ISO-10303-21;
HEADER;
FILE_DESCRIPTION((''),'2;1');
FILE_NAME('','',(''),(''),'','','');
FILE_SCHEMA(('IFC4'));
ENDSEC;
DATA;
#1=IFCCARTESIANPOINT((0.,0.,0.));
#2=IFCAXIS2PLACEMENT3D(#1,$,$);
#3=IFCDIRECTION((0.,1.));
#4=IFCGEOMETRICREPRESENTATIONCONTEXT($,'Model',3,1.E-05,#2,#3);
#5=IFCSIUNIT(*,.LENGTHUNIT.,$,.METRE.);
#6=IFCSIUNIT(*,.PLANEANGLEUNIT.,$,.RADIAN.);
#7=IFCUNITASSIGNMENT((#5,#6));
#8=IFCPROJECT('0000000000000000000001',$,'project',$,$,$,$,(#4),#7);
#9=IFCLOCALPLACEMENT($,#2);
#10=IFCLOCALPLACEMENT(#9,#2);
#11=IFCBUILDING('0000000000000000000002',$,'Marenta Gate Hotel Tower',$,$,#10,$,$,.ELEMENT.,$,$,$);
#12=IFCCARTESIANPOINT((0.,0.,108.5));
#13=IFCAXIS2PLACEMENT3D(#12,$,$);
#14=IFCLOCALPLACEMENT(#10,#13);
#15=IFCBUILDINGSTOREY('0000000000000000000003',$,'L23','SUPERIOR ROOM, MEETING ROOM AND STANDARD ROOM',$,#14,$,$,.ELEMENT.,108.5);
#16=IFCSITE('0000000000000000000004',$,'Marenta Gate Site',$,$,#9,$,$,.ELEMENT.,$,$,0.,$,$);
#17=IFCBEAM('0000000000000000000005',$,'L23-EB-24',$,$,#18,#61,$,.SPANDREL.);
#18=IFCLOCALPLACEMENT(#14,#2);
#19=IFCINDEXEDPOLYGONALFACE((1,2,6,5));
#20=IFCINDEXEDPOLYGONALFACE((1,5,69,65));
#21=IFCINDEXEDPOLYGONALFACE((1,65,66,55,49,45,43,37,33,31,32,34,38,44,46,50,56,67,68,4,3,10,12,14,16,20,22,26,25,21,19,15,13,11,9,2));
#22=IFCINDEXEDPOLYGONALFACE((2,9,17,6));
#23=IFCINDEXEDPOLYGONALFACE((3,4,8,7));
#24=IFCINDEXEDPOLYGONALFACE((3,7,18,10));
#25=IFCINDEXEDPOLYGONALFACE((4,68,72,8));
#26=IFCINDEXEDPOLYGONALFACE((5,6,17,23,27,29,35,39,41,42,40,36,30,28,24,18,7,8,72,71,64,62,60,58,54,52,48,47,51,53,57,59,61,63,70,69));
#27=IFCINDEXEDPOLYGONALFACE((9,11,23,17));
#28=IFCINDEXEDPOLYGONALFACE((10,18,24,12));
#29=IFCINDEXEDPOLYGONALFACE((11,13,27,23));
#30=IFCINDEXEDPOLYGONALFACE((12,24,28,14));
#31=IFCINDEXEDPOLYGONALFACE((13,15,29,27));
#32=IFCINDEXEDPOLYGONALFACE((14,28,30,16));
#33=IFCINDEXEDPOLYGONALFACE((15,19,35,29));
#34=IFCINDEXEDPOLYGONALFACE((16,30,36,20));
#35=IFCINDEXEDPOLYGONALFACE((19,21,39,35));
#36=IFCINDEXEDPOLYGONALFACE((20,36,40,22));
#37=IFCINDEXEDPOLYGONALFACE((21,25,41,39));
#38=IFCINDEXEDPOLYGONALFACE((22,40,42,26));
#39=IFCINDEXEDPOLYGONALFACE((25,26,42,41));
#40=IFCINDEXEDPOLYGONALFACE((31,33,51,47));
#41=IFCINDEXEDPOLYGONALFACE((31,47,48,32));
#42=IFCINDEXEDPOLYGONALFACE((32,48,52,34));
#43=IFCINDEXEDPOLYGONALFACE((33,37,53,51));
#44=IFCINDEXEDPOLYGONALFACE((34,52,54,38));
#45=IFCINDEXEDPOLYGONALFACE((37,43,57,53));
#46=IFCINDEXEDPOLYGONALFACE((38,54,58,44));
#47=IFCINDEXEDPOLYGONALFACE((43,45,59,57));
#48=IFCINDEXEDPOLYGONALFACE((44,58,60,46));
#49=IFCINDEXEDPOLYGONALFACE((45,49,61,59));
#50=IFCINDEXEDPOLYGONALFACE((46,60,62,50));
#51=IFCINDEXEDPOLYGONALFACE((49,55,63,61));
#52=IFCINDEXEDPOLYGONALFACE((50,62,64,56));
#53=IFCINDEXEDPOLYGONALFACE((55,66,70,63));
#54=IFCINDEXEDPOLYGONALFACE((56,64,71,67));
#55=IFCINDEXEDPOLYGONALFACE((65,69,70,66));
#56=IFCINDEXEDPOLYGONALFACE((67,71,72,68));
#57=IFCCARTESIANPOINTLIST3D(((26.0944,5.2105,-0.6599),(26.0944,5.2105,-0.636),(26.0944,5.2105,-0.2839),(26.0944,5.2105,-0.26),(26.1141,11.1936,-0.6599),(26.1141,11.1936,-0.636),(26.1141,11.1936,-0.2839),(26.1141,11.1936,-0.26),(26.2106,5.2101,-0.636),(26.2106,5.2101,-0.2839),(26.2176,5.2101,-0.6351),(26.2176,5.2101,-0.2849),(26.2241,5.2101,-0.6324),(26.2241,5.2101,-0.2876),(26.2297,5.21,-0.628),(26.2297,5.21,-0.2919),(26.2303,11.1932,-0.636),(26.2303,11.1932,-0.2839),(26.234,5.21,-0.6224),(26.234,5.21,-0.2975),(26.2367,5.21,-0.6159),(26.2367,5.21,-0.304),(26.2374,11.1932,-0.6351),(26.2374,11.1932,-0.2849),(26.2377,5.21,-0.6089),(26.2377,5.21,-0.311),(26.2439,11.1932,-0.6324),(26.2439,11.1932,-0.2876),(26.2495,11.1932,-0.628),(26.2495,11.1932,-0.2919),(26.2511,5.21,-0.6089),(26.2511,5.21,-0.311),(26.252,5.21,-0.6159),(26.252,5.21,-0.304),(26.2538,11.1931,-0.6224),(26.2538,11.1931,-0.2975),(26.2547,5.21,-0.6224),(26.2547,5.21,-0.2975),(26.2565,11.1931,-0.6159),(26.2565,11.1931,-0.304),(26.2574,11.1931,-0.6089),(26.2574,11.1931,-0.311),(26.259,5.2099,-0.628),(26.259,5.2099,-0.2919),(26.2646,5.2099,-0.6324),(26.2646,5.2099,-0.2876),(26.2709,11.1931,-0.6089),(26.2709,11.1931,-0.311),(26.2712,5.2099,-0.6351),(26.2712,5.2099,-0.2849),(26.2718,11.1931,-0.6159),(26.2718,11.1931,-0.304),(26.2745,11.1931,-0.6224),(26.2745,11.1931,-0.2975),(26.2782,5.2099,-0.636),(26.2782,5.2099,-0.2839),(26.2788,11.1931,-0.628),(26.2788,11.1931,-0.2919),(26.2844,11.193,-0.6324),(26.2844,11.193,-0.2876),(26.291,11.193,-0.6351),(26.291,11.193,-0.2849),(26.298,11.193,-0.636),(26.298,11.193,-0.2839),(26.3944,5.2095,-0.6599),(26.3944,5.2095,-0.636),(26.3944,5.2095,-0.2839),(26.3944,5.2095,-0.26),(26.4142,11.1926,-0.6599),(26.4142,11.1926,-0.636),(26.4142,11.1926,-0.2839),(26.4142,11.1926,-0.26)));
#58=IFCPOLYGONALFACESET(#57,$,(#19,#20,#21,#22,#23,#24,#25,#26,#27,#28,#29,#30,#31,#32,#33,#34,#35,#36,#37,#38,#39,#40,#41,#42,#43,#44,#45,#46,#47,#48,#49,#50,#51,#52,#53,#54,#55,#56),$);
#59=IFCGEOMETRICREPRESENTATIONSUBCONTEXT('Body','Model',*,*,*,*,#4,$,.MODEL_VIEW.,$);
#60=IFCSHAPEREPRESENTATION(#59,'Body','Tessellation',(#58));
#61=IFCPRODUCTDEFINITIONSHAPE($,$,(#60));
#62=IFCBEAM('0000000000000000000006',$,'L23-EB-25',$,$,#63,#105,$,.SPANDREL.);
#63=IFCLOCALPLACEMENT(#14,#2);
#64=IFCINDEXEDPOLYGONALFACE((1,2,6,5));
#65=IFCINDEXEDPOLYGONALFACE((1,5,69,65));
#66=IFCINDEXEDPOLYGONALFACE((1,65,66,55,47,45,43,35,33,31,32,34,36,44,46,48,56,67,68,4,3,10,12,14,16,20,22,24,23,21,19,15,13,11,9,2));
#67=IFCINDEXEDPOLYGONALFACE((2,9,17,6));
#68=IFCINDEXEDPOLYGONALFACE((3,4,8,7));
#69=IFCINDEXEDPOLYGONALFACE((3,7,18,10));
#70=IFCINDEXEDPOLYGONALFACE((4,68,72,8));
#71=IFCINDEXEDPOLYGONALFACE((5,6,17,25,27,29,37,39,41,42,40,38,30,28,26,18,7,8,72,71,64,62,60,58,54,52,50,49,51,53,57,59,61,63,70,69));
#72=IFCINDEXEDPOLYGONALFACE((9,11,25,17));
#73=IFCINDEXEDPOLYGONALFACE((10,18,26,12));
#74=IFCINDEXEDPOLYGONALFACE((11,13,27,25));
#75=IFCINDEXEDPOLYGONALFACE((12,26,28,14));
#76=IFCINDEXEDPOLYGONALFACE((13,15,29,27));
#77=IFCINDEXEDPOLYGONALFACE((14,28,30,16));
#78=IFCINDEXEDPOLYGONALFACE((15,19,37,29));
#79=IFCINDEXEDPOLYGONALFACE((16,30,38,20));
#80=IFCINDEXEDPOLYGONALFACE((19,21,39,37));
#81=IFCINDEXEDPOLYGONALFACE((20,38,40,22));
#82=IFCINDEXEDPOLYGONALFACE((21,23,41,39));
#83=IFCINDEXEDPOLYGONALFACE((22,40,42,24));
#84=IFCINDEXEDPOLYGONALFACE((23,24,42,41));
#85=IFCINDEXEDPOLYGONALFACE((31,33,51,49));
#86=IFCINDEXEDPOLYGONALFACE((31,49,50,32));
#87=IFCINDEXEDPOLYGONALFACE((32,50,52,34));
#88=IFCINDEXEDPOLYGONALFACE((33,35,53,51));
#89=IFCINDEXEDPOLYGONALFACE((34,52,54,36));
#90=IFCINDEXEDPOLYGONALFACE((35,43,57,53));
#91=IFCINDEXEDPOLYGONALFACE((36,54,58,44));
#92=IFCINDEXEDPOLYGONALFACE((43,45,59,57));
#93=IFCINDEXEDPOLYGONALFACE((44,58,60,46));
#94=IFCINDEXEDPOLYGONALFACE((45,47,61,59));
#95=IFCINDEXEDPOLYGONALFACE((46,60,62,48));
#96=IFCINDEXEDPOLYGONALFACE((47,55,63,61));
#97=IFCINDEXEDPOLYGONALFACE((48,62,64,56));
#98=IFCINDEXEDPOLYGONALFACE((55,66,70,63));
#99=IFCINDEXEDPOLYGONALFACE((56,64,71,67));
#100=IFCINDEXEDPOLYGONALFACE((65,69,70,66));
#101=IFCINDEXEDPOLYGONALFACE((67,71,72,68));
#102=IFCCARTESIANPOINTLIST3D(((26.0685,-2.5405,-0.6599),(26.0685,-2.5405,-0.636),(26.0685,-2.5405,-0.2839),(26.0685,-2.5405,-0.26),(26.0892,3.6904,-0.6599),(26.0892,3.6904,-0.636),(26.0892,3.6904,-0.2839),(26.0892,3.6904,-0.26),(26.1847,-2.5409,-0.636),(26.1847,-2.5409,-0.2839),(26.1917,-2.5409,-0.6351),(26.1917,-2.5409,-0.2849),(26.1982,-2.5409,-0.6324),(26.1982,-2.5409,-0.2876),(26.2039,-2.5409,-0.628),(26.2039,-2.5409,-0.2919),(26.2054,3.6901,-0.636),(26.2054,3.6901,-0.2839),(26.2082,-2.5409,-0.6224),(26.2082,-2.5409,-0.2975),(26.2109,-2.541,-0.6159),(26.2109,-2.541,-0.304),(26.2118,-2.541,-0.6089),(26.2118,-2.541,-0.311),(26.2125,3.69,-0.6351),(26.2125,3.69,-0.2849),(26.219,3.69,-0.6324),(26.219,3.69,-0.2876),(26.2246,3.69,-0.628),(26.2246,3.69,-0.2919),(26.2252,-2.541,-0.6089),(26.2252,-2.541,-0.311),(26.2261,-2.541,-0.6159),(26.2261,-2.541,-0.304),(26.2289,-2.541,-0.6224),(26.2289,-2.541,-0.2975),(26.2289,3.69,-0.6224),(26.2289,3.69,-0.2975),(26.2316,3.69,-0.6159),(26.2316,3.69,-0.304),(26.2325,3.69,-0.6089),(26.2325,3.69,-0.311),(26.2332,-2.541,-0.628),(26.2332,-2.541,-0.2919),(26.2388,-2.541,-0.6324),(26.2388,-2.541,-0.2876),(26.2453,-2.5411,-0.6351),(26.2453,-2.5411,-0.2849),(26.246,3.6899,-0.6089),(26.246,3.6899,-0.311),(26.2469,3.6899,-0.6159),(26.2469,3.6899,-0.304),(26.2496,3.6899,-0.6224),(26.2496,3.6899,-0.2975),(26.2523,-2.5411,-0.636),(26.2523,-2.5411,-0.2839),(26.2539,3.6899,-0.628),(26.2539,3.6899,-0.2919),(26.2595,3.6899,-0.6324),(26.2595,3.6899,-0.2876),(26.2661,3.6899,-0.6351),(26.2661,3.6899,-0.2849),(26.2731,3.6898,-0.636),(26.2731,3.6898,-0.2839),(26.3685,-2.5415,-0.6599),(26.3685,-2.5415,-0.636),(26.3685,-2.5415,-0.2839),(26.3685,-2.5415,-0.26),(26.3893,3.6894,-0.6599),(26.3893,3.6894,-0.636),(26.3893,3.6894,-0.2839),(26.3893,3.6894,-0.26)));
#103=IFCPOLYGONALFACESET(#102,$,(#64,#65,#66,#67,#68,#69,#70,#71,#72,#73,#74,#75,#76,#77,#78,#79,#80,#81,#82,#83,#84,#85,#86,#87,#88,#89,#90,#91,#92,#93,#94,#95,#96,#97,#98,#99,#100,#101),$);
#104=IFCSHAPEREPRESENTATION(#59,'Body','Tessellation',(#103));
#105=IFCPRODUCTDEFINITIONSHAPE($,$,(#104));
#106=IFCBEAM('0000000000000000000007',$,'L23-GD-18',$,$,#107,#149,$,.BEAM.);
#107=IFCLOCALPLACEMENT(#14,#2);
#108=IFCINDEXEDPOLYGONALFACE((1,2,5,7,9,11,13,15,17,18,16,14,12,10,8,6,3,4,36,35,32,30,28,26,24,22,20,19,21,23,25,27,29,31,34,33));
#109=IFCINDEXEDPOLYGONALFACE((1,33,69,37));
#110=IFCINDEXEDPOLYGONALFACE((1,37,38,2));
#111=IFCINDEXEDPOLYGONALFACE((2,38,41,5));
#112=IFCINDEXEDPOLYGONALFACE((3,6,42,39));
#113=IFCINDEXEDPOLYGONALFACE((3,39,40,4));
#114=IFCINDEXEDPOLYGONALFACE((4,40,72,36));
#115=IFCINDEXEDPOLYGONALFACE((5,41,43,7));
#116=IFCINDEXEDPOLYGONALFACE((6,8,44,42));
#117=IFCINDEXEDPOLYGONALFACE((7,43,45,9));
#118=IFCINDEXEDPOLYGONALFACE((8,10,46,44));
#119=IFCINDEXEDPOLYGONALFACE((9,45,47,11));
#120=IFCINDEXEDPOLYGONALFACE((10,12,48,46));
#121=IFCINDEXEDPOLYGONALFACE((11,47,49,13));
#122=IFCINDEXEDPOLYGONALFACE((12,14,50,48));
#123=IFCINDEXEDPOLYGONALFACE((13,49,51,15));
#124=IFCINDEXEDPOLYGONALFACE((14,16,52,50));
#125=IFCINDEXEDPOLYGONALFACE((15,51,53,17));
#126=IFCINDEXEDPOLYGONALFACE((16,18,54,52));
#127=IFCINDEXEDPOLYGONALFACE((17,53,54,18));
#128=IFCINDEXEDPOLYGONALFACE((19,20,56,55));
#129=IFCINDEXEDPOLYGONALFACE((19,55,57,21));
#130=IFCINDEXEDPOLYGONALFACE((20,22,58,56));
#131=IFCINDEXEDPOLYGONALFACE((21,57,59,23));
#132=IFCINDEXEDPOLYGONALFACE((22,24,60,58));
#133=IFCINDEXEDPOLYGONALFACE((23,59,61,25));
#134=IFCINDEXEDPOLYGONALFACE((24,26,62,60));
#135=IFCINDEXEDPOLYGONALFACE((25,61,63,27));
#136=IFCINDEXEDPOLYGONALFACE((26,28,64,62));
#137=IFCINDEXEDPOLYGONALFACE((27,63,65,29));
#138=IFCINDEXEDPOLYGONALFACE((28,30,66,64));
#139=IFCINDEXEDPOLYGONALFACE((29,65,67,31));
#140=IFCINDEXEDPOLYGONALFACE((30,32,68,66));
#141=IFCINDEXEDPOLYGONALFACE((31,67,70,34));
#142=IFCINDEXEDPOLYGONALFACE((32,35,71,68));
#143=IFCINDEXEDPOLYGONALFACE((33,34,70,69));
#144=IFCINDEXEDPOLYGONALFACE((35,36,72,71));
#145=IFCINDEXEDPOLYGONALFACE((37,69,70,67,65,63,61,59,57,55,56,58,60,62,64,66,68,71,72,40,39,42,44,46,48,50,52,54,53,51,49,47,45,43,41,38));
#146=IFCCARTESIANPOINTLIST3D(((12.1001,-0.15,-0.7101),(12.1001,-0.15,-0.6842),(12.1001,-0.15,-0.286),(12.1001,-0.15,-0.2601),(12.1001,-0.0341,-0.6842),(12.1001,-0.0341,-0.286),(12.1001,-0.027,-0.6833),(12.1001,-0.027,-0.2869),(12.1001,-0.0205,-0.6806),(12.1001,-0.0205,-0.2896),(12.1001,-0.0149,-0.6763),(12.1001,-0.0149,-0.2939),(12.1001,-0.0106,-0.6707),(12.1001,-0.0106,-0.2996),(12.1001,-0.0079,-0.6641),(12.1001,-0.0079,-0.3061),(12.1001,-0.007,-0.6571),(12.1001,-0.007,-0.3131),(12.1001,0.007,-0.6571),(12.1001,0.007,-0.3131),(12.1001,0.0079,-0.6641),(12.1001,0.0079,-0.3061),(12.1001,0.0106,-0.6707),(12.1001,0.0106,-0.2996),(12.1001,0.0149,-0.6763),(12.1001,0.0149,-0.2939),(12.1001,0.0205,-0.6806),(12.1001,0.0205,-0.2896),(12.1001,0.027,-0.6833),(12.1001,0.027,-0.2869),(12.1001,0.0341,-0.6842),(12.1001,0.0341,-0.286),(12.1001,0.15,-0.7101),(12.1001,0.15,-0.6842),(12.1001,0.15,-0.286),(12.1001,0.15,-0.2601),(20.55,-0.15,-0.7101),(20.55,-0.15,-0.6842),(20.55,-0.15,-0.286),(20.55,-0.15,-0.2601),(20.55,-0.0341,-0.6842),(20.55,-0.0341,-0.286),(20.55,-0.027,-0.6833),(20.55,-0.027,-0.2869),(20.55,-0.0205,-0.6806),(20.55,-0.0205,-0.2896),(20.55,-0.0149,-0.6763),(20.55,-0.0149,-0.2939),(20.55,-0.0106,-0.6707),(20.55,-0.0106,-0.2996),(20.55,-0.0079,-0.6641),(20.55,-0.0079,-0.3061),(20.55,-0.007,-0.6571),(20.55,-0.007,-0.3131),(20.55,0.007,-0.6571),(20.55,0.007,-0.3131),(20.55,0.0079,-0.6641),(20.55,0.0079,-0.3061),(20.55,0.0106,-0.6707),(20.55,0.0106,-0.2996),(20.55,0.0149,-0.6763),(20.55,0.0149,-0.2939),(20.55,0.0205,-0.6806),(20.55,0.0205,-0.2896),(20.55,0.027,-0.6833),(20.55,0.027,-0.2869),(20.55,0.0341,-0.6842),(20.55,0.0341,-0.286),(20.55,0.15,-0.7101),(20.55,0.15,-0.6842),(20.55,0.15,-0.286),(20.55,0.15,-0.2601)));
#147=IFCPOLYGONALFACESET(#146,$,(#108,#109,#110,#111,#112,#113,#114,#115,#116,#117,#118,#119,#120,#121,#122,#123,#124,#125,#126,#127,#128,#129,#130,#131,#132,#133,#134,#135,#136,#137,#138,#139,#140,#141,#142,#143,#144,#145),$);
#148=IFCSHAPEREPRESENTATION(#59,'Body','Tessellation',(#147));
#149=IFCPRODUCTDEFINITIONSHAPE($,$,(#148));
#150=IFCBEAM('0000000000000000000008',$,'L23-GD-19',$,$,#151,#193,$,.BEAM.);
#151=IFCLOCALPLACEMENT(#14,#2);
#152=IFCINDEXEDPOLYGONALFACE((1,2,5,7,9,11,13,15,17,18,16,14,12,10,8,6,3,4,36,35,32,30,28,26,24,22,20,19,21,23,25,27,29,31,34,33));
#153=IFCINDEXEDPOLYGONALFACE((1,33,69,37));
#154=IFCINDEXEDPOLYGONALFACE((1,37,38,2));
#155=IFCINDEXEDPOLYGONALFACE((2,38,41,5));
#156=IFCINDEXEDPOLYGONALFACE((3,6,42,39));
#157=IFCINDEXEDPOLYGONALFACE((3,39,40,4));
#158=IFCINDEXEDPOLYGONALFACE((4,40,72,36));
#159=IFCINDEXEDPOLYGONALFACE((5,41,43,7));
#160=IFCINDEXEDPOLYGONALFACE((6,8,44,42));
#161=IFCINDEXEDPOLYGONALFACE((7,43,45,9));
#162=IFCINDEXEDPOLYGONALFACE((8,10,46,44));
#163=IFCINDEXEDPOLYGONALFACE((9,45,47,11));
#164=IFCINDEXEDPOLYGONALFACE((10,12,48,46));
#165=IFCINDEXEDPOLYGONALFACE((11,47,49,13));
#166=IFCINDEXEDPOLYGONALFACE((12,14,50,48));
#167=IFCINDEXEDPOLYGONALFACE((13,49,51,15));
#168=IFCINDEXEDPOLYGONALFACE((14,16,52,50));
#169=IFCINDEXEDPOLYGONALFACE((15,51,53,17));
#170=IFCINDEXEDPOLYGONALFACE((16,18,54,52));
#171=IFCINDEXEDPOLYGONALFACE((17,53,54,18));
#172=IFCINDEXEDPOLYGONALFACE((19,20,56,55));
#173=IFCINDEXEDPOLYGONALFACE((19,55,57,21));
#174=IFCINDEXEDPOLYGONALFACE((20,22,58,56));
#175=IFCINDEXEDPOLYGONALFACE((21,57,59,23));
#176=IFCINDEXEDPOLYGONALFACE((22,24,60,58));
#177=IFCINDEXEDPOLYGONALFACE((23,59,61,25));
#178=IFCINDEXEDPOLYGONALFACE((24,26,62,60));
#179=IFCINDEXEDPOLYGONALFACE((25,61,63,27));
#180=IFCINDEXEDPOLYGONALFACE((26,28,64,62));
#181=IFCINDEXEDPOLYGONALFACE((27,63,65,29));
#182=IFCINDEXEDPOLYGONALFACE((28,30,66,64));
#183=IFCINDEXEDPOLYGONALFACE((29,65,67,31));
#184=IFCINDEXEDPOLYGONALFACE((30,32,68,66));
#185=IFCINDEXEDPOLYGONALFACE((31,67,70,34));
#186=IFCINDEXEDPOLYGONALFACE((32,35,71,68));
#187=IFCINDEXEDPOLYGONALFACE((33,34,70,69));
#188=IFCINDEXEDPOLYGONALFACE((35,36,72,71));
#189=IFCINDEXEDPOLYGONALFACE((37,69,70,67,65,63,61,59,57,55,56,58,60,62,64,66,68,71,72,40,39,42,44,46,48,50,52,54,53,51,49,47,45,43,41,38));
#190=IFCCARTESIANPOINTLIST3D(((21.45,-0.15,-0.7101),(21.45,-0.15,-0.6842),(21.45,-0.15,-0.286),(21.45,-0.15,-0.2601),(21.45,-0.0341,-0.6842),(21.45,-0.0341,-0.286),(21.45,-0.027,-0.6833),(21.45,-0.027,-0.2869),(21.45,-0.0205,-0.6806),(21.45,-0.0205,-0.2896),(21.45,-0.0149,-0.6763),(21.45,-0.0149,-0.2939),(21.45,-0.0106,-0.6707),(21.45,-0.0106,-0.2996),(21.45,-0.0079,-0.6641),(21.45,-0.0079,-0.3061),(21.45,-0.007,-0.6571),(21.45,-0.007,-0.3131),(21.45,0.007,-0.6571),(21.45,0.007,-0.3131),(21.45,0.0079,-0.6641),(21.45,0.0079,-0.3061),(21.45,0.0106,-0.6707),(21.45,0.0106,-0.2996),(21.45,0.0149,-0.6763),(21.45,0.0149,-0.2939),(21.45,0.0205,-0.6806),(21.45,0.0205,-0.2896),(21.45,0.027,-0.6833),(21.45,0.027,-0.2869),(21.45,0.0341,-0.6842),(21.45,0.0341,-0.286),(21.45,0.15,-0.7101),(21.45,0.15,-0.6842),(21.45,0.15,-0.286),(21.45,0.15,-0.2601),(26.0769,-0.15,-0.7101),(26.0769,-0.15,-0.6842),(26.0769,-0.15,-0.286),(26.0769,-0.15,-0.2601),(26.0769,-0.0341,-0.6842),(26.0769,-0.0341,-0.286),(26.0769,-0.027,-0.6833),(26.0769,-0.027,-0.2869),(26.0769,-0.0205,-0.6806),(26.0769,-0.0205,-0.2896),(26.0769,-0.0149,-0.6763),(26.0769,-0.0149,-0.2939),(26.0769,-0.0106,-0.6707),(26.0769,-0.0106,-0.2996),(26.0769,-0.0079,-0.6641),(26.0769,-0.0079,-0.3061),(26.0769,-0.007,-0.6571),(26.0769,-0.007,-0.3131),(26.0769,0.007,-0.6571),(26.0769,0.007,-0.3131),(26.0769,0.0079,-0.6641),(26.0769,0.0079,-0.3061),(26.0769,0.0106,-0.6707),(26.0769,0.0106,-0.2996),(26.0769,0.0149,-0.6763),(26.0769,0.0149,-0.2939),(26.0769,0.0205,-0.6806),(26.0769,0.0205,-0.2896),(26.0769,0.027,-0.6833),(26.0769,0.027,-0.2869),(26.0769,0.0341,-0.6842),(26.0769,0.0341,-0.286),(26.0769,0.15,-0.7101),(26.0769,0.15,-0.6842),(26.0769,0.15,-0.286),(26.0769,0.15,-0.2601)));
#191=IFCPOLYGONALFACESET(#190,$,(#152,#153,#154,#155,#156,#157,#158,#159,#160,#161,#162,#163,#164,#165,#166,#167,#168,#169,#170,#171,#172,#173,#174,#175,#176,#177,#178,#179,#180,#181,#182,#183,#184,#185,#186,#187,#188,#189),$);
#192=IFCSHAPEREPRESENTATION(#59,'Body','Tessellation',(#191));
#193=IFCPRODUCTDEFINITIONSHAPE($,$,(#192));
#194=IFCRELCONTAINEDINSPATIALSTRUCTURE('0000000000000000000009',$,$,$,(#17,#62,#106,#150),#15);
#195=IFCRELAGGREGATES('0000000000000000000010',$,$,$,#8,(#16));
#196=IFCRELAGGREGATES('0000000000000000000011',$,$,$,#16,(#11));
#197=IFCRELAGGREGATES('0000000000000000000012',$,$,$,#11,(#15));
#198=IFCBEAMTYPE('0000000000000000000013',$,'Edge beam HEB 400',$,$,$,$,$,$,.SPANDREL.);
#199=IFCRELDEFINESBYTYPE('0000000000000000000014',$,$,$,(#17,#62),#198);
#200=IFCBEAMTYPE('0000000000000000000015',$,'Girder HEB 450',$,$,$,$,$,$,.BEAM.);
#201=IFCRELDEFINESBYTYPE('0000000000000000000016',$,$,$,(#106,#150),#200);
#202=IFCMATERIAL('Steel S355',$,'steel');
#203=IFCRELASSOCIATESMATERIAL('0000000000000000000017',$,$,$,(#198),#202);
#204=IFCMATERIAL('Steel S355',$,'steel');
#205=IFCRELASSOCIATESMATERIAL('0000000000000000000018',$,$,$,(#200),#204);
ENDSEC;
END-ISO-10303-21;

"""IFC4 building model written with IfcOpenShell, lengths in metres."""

from ifc_helpers import new_model, si_unit, direction, frame, origin, origin_2d, place, context, subcontext, project, spatial, i_section, extrude, material, material_profile, profile_set, type_object, element, save


model = new_model("IFC4")

# Units and contexts
model_context = context("Model", 3, precision=1e-05, world=origin(), true_north=direction((0.0, 1.0)))
body_context = subcontext(model_context, "Body", "Model", "MODEL_VIEW")
ifc_project = project(units=[si_unit("LENGTHUNIT", "METRE"), si_unit("PLANEANGLEUNIT", "RADIAN")], contexts=[model_context])

# Site, building, storey
site_placement = place(None, origin())
site = spatial("IfcSite", under=ifc_project, at=site_placement, Name="Marenta Gate Site", CompositionType="ELEMENT", RefElevation=0.0)
building_placement = place(site_placement, origin())
building = spatial("IfcBuilding", under=site, at=building_placement, Name="Marenta Gate Hotel Tower", CompositionType="ELEMENT")
storey_placement = place(building_placement, frame((0.0, 0.0, 108.5)))
storey = spatial("IfcBuildingStorey", under=building, at=storey_placement, Name="L23", Description="SUPERIOR ROOM, MEETING ROOM AND STANDARD ROOM", CompositionType="ELEMENT", Elevation=108.5)

# Beams
ifc_material_1 = material(Name="Steel S355", Category="steel")
ifc_material_profile_1 = material_profile(ifc_material_1, i_section(OverallWidth=0.3, OverallDepth=0.3999, WebThickness=0.0134, FlangeThickness=0.0239, FilletRadius=0.0271, at=origin_2d()), Name="HEB 400")
ifc_profile_set_1 = profile_set([ifc_material_profile_1], Name="Steel S355")
beam_type_1 = type_object("IfcBeamType", Name="Edge beam HEB 400", PredefinedType="SPANDREL", material=ifc_profile_set_1)
beam_1_placement = place(storey_placement, frame((26.2642, 11.1931, -0.46), z_axis=(-0.003305, -0.999995, 0.0), x_axis=(0.999995, -0.003305, 0.0)))
element("IfcBeam", 1, at=beam_1_placement, inside=storey, type_object=beam_type_1, Name="L23-EB-24", PredefinedType="SPANDREL", context=body_context, shape_type="SweptSolid", body=[
    extrude(i_section(OverallWidth=0.3, OverallDepth=0.3999, WebThickness=0.0134, FlangeThickness=0.0239, FilletRadius=0.0271, at=origin_2d()), origin(), (0.0, 0.0, 1.0), 5.9832),
])
beam_2_placement = place(storey_placement, frame((26.2393, 3.6899, -0.46), z_axis=(-0.00333, -0.999994, 0.0), x_axis=(0.999994, -0.00333, 0.0)))
element("IfcBeam", 2, at=beam_2_placement, inside=storey, type_object=beam_type_1, Name="L23-EB-25", PredefinedType="SPANDREL", context=body_context, shape_type="SweptSolid", body=[
    extrude(i_section(OverallWidth=0.3, OverallDepth=0.3999, WebThickness=0.0134, FlangeThickness=0.0239, FilletRadius=0.0271, at=origin_2d()), origin(), (0.0, 0.0, 1.0), 6.231),
])
ifc_material_2 = material(Name="Steel S355", Category="steel")
ifc_material_profile_2 = material_profile(ifc_material_2, i_section(OverallWidth=0.3, OverallDepth=0.45, WebThickness=0.0139, FlangeThickness=0.0259, FilletRadius=0.0271, at=origin_2d()), Name="HEB 450")
ifc_profile_set_2 = profile_set([ifc_material_profile_2], Name="Steel S355")
beam_type_2 = type_object("IfcBeamType", Name="Girder HEB 450", PredefinedType="BEAM", material=ifc_profile_set_2)
beam_3_placement = place(storey_placement, frame((12.1001, 0.0, -0.4851), z_axis=(1.0, 0.0, 0.0), x_axis=(0.0, 1.0, 0.0)))
element("IfcBeam", 3, at=beam_3_placement, inside=storey, type_object=beam_type_2, Name="L23-GD-18", PredefinedType="BEAM", context=body_context, shape_type="SweptSolid", body=[
    extrude(i_section(OverallWidth=0.3, OverallDepth=0.45, WebThickness=0.0139, FlangeThickness=0.0259, FilletRadius=0.0271, at=origin_2d()), origin(), (0.0, 0.0, 1.0), 8.45),
])
beam_4_placement = place(storey_placement, frame((21.45, 0.0, -0.4851), z_axis=(1.0, 0.0, 0.0), x_axis=(0.0, 1.0, 0.0)))
element("IfcBeam", 4, at=beam_4_placement, inside=storey, type_object=beam_type_2, Name="L23-GD-19", PredefinedType="BEAM", context=body_context, shape_type="SweptSolid", body=[
    extrude(i_section(OverallWidth=0.3, OverallDepth=0.45, WebThickness=0.0139, FlangeThickness=0.0259, FilletRadius=0.0271, at=origin_2d()), origin(), (0.0, 0.0, 1.0), 4.627),
])

save(model, "model.ifc")
